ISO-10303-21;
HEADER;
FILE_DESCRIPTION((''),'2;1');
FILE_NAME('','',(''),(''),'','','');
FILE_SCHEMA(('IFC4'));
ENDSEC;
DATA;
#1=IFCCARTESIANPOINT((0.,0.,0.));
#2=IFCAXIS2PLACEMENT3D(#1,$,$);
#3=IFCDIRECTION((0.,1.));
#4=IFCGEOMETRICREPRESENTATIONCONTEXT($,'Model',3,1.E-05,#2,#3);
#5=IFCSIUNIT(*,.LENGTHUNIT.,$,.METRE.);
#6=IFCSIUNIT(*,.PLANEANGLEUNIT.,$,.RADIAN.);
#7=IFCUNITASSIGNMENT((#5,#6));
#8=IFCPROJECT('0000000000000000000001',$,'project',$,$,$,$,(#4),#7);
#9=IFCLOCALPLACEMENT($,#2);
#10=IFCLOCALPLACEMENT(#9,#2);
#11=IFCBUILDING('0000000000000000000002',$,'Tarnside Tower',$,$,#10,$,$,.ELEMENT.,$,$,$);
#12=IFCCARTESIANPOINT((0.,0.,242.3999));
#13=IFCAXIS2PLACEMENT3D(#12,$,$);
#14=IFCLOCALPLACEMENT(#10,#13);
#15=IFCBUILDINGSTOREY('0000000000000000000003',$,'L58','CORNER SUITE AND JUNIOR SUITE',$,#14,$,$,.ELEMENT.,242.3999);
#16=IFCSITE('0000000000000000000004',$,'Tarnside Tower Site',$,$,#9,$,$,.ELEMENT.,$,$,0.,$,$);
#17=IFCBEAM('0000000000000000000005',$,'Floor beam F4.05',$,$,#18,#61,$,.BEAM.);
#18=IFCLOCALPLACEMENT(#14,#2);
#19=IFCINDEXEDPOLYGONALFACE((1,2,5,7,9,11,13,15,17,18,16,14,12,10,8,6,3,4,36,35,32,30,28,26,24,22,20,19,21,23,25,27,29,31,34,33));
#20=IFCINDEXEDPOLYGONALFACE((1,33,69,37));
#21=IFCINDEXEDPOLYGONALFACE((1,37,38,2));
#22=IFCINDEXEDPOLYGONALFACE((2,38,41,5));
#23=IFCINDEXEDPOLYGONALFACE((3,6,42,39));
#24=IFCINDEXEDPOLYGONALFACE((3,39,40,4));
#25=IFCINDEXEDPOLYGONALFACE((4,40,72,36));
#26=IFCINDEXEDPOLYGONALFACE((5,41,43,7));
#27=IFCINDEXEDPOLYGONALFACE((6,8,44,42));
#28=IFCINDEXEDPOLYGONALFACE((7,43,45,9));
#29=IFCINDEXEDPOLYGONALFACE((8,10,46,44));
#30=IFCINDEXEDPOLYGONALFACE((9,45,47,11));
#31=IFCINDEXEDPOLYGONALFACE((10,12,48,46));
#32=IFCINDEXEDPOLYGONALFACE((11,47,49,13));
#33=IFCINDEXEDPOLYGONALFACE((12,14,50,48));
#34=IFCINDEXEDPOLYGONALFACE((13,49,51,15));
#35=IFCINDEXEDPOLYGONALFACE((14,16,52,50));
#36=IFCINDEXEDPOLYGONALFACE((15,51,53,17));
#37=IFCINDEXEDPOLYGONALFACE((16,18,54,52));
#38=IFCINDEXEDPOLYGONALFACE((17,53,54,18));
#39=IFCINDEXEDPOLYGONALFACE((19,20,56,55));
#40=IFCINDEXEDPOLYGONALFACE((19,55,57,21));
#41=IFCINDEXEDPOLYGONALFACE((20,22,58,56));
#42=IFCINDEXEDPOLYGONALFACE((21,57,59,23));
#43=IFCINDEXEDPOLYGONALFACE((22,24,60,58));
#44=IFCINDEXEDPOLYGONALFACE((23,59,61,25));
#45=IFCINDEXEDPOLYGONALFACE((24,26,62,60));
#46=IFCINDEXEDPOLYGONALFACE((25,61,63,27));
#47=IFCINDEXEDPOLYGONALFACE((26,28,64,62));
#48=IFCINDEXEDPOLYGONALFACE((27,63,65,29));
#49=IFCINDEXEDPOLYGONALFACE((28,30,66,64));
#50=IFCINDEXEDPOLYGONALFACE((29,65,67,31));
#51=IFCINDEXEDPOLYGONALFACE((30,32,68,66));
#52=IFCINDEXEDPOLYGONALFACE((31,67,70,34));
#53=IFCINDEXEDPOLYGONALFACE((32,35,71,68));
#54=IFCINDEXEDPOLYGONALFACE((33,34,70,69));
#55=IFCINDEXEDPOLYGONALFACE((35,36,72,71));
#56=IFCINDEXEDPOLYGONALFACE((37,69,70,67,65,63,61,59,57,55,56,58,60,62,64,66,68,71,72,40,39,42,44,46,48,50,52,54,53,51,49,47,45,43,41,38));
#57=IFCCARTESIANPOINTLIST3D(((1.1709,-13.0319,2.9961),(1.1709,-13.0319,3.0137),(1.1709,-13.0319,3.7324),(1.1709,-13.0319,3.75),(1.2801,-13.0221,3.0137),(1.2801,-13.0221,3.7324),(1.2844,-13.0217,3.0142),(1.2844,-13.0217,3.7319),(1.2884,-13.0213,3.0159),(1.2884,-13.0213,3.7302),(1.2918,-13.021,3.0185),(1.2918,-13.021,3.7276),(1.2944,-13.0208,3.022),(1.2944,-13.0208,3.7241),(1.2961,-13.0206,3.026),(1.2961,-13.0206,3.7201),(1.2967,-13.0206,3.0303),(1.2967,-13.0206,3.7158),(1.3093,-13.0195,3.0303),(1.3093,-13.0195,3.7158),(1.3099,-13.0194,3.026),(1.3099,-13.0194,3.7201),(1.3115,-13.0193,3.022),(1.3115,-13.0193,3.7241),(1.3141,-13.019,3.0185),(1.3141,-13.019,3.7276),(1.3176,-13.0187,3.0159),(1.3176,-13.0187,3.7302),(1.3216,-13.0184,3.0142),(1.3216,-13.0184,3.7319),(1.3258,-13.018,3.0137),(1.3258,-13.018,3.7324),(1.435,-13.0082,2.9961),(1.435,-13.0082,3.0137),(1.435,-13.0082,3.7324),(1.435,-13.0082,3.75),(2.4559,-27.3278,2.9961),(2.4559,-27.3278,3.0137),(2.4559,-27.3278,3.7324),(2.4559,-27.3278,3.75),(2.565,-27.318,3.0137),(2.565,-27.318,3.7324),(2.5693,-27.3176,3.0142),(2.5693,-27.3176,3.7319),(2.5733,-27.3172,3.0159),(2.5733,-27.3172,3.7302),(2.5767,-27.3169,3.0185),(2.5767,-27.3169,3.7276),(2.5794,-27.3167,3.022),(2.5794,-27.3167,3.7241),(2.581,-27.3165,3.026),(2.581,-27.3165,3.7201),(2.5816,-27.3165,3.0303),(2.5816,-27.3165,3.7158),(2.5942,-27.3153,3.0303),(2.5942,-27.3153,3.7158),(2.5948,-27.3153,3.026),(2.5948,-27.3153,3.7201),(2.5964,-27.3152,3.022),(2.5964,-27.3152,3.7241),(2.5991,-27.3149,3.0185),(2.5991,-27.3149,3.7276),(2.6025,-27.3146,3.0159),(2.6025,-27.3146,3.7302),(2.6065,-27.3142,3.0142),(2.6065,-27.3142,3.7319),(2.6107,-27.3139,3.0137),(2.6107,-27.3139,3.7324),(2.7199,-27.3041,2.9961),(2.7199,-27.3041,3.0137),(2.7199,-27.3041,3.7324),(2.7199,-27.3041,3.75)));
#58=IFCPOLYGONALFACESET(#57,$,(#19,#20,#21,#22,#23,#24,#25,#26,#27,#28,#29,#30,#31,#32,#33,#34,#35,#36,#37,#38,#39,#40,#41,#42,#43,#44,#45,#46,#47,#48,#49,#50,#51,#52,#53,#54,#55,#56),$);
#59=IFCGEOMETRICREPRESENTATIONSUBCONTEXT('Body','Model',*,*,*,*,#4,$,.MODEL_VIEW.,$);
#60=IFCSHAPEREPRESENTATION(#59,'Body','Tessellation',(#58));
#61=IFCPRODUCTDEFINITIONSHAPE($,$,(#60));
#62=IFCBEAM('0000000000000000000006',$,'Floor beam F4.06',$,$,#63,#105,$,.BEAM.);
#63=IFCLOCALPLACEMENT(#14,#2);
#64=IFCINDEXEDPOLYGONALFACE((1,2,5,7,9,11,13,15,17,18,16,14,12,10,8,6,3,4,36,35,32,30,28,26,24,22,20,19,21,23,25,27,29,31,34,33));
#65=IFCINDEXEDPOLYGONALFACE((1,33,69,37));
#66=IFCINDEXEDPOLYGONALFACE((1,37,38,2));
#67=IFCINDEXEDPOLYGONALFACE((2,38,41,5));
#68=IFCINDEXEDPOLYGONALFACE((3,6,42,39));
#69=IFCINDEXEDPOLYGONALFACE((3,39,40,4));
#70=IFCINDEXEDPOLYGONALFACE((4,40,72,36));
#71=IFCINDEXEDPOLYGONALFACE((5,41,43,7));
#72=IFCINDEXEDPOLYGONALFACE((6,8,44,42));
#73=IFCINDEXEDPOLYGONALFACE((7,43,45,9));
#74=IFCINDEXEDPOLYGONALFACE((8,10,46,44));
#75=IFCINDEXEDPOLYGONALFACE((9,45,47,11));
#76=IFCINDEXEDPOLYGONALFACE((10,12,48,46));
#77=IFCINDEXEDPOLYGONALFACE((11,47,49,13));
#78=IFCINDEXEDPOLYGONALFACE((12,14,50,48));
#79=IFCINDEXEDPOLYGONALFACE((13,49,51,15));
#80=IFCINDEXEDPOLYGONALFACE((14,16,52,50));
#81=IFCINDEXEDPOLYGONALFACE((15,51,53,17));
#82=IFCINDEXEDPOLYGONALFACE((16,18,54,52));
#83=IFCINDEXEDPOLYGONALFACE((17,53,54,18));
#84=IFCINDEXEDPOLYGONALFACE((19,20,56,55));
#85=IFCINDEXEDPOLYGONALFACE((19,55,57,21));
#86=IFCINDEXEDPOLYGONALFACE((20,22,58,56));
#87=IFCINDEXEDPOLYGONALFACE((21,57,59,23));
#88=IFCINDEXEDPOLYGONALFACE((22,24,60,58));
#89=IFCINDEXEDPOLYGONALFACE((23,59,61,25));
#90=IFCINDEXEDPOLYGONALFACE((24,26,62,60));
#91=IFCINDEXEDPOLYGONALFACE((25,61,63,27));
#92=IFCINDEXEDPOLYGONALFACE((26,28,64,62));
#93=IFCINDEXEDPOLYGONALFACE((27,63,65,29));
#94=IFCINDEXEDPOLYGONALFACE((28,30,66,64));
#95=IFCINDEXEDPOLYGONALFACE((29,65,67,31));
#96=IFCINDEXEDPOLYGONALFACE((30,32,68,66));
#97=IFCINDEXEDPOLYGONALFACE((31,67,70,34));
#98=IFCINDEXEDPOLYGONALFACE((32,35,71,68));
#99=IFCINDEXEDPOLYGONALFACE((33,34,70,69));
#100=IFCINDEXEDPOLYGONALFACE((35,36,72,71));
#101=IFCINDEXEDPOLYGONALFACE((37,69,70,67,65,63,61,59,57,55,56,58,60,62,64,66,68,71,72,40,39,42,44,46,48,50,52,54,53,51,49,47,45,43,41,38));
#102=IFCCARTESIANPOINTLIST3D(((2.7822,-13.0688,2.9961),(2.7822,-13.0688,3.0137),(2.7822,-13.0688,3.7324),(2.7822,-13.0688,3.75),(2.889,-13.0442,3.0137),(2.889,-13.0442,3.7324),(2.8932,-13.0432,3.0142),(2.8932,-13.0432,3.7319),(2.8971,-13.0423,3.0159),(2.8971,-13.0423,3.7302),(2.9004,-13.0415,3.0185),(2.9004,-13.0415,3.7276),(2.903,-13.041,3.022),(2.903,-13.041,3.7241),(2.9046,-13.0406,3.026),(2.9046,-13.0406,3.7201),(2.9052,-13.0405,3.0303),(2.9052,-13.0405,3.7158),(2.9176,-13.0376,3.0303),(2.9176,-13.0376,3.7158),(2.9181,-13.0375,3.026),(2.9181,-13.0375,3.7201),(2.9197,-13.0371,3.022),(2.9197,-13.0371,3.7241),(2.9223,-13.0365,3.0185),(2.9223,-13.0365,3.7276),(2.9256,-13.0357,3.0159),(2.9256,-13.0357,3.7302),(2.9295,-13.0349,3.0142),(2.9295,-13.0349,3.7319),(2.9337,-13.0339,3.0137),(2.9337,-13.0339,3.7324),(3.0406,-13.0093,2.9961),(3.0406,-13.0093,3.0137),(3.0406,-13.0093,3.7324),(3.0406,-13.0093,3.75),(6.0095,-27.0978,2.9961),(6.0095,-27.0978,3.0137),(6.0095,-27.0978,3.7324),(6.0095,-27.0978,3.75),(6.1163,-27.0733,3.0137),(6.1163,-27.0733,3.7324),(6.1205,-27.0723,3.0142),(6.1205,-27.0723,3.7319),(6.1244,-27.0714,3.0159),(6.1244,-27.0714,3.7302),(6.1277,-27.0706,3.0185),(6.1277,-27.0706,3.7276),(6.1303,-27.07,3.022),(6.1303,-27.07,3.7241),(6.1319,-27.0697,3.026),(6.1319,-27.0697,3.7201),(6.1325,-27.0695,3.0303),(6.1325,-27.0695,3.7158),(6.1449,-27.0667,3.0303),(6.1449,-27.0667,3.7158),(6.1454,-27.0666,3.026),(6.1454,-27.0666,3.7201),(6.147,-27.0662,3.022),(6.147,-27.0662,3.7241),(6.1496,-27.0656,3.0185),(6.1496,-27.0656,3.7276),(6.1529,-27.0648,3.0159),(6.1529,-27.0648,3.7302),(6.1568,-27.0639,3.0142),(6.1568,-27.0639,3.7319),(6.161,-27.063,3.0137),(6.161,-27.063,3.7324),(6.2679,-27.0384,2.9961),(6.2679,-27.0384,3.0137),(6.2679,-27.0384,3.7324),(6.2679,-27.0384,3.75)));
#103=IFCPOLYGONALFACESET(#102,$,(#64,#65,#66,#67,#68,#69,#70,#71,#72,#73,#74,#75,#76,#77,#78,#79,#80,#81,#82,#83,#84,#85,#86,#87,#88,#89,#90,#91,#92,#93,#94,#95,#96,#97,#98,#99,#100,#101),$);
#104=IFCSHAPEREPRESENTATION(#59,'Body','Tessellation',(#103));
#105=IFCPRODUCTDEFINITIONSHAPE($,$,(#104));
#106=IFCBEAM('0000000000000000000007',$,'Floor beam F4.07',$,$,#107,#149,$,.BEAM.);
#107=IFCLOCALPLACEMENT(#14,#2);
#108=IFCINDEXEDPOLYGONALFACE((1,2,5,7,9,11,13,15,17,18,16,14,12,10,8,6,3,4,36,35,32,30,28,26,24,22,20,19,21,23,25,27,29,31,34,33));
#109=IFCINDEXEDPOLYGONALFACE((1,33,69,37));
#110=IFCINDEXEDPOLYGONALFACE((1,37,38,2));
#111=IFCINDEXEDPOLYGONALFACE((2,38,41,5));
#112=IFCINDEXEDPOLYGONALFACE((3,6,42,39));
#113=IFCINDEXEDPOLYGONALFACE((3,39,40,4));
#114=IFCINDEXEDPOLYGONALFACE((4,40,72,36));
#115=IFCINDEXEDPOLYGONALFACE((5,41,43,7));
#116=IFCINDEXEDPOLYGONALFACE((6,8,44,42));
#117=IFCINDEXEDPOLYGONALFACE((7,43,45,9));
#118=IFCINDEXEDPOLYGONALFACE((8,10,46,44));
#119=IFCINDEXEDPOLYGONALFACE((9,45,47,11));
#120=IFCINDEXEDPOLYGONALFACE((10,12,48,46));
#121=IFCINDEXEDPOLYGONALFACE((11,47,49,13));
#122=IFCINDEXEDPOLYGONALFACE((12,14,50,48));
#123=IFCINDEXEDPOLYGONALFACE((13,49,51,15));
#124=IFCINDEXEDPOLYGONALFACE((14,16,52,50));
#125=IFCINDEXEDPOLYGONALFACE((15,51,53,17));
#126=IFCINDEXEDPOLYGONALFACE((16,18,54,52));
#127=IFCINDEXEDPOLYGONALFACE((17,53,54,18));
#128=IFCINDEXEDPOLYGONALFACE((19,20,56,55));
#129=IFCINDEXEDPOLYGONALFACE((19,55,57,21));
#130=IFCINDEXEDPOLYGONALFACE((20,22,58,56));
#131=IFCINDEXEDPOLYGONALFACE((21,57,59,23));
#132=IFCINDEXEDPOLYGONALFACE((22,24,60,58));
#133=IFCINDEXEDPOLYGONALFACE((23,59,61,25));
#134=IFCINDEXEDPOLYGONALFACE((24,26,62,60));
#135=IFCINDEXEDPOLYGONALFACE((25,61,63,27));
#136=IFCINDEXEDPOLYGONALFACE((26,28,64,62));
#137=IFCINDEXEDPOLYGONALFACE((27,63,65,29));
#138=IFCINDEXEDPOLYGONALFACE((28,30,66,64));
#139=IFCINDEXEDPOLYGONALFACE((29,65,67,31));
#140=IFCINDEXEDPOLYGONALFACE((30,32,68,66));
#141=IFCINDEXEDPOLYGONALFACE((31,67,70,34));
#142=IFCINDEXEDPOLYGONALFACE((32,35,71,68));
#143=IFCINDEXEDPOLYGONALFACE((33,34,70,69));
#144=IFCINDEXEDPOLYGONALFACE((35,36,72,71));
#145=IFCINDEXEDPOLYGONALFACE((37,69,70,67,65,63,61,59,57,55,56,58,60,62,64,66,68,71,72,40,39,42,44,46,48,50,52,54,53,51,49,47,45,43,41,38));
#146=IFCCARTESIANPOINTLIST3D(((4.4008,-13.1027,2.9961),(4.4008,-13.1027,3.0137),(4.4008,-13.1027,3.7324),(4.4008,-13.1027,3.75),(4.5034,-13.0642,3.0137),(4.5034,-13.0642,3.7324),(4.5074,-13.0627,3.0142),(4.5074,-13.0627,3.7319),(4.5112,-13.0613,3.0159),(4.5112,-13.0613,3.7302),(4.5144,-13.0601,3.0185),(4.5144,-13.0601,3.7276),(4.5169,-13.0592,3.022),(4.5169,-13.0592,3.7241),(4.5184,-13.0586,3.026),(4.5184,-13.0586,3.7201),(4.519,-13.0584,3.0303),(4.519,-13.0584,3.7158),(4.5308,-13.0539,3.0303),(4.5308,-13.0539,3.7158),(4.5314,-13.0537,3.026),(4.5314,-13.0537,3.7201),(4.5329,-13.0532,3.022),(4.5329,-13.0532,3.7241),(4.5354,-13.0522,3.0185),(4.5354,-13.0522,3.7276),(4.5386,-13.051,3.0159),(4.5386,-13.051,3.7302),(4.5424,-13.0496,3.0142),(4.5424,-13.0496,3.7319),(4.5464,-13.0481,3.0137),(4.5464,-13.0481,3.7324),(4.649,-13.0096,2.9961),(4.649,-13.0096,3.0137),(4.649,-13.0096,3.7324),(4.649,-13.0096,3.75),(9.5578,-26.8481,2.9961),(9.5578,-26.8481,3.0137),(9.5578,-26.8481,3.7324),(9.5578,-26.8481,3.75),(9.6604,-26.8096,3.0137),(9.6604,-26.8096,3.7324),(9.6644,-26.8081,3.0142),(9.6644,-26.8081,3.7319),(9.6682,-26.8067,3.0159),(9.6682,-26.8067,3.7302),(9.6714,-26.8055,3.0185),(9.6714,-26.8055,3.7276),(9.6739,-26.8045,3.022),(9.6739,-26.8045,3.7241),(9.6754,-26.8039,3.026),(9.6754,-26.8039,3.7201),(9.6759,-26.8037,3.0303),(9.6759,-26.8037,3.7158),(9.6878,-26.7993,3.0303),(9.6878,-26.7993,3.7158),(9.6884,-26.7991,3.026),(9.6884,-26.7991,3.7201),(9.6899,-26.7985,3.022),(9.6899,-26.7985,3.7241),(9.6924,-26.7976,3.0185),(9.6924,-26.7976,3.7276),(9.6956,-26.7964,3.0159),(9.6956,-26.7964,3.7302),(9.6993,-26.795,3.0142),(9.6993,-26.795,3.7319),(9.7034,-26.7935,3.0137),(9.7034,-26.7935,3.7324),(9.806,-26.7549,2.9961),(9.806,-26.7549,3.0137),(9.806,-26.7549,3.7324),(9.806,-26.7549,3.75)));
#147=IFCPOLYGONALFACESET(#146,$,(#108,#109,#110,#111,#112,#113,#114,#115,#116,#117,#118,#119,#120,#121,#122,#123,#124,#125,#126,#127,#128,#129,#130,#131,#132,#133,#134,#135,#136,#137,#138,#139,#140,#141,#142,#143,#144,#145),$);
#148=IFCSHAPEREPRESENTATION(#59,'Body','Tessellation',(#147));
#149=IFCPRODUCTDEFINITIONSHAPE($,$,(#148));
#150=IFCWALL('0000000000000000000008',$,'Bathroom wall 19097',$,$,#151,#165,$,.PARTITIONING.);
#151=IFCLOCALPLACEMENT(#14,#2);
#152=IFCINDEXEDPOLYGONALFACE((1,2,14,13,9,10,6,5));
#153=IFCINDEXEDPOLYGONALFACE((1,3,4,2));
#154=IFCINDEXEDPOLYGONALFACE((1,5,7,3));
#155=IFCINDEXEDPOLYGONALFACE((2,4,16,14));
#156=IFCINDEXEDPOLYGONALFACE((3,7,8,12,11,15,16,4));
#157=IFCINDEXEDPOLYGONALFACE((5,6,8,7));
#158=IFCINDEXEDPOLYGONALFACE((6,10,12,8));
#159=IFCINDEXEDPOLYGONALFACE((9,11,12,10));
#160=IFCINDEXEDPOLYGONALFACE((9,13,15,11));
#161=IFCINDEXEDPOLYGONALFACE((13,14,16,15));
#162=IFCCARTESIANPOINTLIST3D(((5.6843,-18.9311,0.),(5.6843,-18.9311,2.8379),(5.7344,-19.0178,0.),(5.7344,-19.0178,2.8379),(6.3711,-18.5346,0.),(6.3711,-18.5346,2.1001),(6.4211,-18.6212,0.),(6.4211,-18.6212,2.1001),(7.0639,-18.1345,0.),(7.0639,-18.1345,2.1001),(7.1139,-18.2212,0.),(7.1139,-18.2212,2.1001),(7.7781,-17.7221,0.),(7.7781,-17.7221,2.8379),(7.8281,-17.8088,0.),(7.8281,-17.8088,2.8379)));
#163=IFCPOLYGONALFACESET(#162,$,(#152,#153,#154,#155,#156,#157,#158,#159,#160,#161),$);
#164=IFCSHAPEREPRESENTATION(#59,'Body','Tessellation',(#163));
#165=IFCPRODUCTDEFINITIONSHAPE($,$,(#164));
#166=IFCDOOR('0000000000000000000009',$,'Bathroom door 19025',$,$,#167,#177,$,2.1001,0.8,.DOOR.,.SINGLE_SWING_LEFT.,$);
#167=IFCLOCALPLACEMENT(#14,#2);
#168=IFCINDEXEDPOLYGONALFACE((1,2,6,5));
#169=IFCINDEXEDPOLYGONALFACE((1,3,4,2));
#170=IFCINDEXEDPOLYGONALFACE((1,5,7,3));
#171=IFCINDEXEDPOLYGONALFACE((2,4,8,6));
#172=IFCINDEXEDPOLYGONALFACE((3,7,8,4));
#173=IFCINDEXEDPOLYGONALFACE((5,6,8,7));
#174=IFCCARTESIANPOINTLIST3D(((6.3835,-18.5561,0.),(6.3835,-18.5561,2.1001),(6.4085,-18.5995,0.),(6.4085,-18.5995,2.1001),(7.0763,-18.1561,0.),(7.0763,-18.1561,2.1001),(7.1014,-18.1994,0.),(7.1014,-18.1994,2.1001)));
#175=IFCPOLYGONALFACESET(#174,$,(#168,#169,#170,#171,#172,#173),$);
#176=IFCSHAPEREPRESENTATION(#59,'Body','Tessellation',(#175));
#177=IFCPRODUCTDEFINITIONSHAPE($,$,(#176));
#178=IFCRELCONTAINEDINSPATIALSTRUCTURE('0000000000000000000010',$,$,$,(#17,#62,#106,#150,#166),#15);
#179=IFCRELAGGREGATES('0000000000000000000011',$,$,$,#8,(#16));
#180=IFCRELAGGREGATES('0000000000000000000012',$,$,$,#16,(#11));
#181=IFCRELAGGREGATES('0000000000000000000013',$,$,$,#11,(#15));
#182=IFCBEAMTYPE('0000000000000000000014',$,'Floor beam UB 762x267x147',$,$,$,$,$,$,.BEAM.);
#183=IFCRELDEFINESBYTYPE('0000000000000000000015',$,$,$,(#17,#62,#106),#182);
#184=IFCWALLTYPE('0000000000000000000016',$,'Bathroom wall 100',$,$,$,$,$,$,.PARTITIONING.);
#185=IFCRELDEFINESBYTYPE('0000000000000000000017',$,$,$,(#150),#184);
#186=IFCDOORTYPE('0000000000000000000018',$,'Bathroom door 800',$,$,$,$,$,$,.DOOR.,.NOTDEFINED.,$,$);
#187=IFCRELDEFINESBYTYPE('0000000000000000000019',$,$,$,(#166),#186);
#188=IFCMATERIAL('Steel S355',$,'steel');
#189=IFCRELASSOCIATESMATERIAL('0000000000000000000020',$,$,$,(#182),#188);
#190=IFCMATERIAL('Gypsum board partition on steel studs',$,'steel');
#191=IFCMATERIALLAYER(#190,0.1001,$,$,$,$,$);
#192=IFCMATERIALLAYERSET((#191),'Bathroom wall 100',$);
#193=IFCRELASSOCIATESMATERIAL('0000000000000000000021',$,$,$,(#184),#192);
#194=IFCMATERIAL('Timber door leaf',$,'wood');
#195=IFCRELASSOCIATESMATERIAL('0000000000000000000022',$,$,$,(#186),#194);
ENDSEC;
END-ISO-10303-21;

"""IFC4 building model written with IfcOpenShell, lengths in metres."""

from ifc_helpers import new_model, si_unit, direction, frame, frame_2d, origin, origin_2d, place, context, subcontext, project, spatial, rectangle, i_section, extrude, material, layer, layer_set, material_profile, profile_set, type_object, element, fill, save


model = new_model("IFC4")

# Units and contexts
model_context = context("Model", 3, precision=1e-05, world=origin(), true_north=direction((0.0, 1.0)))
body_context = subcontext(model_context, "Body", "Model", "MODEL_VIEW")
ifc_project = project(units=[si_unit("LENGTHUNIT", "METRE"), si_unit("PLANEANGLEUNIT", "RADIAN")], contexts=[model_context])

# Site, building, storey
site_placement = place(None, origin())
site = spatial("IfcSite", under=ifc_project, at=site_placement, Name="Tarnside Tower Site", CompositionType="ELEMENT", RefElevation=0.0)
building_placement = place(site_placement, origin())
building = spatial("IfcBuilding", under=site, at=building_placement, Name="Tarnside Tower", CompositionType="ELEMENT")
storey_placement = place(building_placement, frame((0.0, 0.0, 242.3999)))
storey = spatial("IfcBuildingStorey", under=building, at=storey_placement, Name="L58", Description="CORNER SUITE AND JUNIOR SUITE", CompositionType="ELEMENT", Elevation=242.3999)

# Beams
ifc_material_1 = material(Name="Steel S355", Category="steel")
ifc_material_profile = material_profile(ifc_material_1, i_section(OverallWidth=0.2651, OverallDepth=0.7539, WebThickness=0.0127, FlangeThickness=0.0176, FilletRadius=0.0166, at=origin_2d()), Name="UB 762x267x147")
ifc_profile_set = profile_set([ifc_material_profile], Name="Steel S355")
beam_type = type_object("IfcBeamType", Name="Floor beam UB 762x267x147", PredefinedType="BEAM", material=ifc_profile_set)
beam_1_placement = place(storey_placement, frame((2.5879, -27.3159, 3.373), z_axis=(-0.089519, 0.995985, 0.0), x_axis=(-0.995985, -0.089519, 0.0)))
element("IfcBeam", 1, at=beam_1_placement, inside=storey, type_object=beam_type, Name="Floor beam F4.05", PredefinedType="BEAM", context=body_context, shape_type="SweptSolid", body=[
    extrude(i_section(OverallWidth=0.2651, OverallDepth=0.7539, WebThickness=0.0127, FlangeThickness=0.0176, FilletRadius=0.0166, at=origin_2d()), origin(), (0.0, 0.0, 1.0), 14.3535),
])
beam_2_placement = place(storey_placement, frame((6.1387, -27.0681, 3.373), z_axis=(-0.224188, 0.974546, 0.0), x_axis=(-0.974546, -0.224188, 0.0)))
element("IfcBeam", 2, at=beam_2_placement, inside=storey, type_object=beam_type, Name="Floor beam F4.06", PredefinedType="BEAM", context=body_context, shape_type="SweptSolid", body=[
    extrude(i_section(OverallWidth=0.2651, OverallDepth=0.7539, WebThickness=0.0127, FlangeThickness=0.0176, FilletRadius=0.0166, at=origin_2d()), origin(), (0.0, 0.0, 1.0), 14.3955),
])
beam_3_placement = place(storey_placement, frame((9.6819, -26.8015, 3.373), z_axis=(-0.351271, 0.936274, 0.0), x_axis=(-0.936274, -0.351271, 0.0)))
element("IfcBeam", 3, at=beam_3_placement, inside=storey, type_object=beam_type, Name="Floor beam F4.07", PredefinedType="BEAM", context=body_context, shape_type="SweptSolid", body=[
    extrude(i_section(OverallWidth=0.2651, OverallDepth=0.7539, WebThickness=0.0127, FlangeThickness=0.0176, FilletRadius=0.0166, at=origin_2d()), origin(), (0.0, 0.0, 1.0), 14.6809),
])

# Wall, opening, door
ifc_material_2 = material(Name="Gypsum board partition on steel studs", Category="steel")
ifc_layer_1 = layer(ifc_material_2, 0.1001)
ifc_layer_set_1 = layer_set([ifc_layer_1], Name="Bathroom wall 100")
wall_type_1 = type_object("IfcWallType", Name="Bathroom wall 100", PredefinedType="PARTITIONING", material=ifc_layer_set_1)
wall_1_placement = place(storey_placement, frame((7.8032, -17.7654, 0.0), z_axis=(0.0, 0.0, 1.0), x_axis=(-0.865997, -0.500049, 0.0)))
wall_1 = element("IfcWall", 4, at=wall_1_placement, inside=storey, type_object=wall_type_1, Name="Bathroom wall 19097", PredefinedType="PARTITIONING", context=body_context, shape_type="SweptSolid", body=[
    extrude(rectangle(XDim=2.4177, YDim=0.1001, at=frame_2d((1.209, 0.0))), origin(), (0.0, 0.0, 1.0), 2.8379),
])
opening_1_placement = place(wall_1_placement, frame((0.825, 0.0, 0.0)))
opening_1 = element("IfcOpeningElement", 5, at=opening_1_placement, cuts=wall_1, PredefinedType="OPENING", context=body_context, shape_type="SweptSolid", body=[
    extrude(rectangle(XDim=0.8, YDim=2.1001, at=frame_2d((0.3999, 1.05))), frame((0.0, 0.0601, 0.0), z_axis=(0.0, -1.0, 0.0), x_axis=(1.0, 0.0, 0.0)), (0.0, 0.0, 1.0), 0.1201),
])
ifc_material_3 = material(Name="Timber door leaf", Category="wood")
door_type_1 = type_object("IfcDoorType", Name="Bathroom door 800", OperationType="NOTDEFINED", PredefinedType="DOOR", material=ifc_material_3)
door_1_placement = place(opening_1_placement, origin())
door_1 = element("IfcDoor", 6, at=door_1_placement, inside=storey, type_object=door_type_1, Name="Bathroom door 19025", OperationType="SINGLE_SWING_LEFT", OverallHeight=2.1001, OverallWidth=0.8, PredefinedType="DOOR", context=body_context, shape_type="SweptSolid", body=[
    extrude(rectangle(XDim=0.8, YDim=2.1001, at=frame_2d((0.3999, 1.05))), frame((0.0, 0.0249, 0.0), z_axis=(0.0, -1.0, 0.0), x_axis=(1.0, 0.0, 0.0)), (0.0, 0.0, 1.0), 0.05),
])
fill(opening_1, door_1)

save(model, "model.ifc")
